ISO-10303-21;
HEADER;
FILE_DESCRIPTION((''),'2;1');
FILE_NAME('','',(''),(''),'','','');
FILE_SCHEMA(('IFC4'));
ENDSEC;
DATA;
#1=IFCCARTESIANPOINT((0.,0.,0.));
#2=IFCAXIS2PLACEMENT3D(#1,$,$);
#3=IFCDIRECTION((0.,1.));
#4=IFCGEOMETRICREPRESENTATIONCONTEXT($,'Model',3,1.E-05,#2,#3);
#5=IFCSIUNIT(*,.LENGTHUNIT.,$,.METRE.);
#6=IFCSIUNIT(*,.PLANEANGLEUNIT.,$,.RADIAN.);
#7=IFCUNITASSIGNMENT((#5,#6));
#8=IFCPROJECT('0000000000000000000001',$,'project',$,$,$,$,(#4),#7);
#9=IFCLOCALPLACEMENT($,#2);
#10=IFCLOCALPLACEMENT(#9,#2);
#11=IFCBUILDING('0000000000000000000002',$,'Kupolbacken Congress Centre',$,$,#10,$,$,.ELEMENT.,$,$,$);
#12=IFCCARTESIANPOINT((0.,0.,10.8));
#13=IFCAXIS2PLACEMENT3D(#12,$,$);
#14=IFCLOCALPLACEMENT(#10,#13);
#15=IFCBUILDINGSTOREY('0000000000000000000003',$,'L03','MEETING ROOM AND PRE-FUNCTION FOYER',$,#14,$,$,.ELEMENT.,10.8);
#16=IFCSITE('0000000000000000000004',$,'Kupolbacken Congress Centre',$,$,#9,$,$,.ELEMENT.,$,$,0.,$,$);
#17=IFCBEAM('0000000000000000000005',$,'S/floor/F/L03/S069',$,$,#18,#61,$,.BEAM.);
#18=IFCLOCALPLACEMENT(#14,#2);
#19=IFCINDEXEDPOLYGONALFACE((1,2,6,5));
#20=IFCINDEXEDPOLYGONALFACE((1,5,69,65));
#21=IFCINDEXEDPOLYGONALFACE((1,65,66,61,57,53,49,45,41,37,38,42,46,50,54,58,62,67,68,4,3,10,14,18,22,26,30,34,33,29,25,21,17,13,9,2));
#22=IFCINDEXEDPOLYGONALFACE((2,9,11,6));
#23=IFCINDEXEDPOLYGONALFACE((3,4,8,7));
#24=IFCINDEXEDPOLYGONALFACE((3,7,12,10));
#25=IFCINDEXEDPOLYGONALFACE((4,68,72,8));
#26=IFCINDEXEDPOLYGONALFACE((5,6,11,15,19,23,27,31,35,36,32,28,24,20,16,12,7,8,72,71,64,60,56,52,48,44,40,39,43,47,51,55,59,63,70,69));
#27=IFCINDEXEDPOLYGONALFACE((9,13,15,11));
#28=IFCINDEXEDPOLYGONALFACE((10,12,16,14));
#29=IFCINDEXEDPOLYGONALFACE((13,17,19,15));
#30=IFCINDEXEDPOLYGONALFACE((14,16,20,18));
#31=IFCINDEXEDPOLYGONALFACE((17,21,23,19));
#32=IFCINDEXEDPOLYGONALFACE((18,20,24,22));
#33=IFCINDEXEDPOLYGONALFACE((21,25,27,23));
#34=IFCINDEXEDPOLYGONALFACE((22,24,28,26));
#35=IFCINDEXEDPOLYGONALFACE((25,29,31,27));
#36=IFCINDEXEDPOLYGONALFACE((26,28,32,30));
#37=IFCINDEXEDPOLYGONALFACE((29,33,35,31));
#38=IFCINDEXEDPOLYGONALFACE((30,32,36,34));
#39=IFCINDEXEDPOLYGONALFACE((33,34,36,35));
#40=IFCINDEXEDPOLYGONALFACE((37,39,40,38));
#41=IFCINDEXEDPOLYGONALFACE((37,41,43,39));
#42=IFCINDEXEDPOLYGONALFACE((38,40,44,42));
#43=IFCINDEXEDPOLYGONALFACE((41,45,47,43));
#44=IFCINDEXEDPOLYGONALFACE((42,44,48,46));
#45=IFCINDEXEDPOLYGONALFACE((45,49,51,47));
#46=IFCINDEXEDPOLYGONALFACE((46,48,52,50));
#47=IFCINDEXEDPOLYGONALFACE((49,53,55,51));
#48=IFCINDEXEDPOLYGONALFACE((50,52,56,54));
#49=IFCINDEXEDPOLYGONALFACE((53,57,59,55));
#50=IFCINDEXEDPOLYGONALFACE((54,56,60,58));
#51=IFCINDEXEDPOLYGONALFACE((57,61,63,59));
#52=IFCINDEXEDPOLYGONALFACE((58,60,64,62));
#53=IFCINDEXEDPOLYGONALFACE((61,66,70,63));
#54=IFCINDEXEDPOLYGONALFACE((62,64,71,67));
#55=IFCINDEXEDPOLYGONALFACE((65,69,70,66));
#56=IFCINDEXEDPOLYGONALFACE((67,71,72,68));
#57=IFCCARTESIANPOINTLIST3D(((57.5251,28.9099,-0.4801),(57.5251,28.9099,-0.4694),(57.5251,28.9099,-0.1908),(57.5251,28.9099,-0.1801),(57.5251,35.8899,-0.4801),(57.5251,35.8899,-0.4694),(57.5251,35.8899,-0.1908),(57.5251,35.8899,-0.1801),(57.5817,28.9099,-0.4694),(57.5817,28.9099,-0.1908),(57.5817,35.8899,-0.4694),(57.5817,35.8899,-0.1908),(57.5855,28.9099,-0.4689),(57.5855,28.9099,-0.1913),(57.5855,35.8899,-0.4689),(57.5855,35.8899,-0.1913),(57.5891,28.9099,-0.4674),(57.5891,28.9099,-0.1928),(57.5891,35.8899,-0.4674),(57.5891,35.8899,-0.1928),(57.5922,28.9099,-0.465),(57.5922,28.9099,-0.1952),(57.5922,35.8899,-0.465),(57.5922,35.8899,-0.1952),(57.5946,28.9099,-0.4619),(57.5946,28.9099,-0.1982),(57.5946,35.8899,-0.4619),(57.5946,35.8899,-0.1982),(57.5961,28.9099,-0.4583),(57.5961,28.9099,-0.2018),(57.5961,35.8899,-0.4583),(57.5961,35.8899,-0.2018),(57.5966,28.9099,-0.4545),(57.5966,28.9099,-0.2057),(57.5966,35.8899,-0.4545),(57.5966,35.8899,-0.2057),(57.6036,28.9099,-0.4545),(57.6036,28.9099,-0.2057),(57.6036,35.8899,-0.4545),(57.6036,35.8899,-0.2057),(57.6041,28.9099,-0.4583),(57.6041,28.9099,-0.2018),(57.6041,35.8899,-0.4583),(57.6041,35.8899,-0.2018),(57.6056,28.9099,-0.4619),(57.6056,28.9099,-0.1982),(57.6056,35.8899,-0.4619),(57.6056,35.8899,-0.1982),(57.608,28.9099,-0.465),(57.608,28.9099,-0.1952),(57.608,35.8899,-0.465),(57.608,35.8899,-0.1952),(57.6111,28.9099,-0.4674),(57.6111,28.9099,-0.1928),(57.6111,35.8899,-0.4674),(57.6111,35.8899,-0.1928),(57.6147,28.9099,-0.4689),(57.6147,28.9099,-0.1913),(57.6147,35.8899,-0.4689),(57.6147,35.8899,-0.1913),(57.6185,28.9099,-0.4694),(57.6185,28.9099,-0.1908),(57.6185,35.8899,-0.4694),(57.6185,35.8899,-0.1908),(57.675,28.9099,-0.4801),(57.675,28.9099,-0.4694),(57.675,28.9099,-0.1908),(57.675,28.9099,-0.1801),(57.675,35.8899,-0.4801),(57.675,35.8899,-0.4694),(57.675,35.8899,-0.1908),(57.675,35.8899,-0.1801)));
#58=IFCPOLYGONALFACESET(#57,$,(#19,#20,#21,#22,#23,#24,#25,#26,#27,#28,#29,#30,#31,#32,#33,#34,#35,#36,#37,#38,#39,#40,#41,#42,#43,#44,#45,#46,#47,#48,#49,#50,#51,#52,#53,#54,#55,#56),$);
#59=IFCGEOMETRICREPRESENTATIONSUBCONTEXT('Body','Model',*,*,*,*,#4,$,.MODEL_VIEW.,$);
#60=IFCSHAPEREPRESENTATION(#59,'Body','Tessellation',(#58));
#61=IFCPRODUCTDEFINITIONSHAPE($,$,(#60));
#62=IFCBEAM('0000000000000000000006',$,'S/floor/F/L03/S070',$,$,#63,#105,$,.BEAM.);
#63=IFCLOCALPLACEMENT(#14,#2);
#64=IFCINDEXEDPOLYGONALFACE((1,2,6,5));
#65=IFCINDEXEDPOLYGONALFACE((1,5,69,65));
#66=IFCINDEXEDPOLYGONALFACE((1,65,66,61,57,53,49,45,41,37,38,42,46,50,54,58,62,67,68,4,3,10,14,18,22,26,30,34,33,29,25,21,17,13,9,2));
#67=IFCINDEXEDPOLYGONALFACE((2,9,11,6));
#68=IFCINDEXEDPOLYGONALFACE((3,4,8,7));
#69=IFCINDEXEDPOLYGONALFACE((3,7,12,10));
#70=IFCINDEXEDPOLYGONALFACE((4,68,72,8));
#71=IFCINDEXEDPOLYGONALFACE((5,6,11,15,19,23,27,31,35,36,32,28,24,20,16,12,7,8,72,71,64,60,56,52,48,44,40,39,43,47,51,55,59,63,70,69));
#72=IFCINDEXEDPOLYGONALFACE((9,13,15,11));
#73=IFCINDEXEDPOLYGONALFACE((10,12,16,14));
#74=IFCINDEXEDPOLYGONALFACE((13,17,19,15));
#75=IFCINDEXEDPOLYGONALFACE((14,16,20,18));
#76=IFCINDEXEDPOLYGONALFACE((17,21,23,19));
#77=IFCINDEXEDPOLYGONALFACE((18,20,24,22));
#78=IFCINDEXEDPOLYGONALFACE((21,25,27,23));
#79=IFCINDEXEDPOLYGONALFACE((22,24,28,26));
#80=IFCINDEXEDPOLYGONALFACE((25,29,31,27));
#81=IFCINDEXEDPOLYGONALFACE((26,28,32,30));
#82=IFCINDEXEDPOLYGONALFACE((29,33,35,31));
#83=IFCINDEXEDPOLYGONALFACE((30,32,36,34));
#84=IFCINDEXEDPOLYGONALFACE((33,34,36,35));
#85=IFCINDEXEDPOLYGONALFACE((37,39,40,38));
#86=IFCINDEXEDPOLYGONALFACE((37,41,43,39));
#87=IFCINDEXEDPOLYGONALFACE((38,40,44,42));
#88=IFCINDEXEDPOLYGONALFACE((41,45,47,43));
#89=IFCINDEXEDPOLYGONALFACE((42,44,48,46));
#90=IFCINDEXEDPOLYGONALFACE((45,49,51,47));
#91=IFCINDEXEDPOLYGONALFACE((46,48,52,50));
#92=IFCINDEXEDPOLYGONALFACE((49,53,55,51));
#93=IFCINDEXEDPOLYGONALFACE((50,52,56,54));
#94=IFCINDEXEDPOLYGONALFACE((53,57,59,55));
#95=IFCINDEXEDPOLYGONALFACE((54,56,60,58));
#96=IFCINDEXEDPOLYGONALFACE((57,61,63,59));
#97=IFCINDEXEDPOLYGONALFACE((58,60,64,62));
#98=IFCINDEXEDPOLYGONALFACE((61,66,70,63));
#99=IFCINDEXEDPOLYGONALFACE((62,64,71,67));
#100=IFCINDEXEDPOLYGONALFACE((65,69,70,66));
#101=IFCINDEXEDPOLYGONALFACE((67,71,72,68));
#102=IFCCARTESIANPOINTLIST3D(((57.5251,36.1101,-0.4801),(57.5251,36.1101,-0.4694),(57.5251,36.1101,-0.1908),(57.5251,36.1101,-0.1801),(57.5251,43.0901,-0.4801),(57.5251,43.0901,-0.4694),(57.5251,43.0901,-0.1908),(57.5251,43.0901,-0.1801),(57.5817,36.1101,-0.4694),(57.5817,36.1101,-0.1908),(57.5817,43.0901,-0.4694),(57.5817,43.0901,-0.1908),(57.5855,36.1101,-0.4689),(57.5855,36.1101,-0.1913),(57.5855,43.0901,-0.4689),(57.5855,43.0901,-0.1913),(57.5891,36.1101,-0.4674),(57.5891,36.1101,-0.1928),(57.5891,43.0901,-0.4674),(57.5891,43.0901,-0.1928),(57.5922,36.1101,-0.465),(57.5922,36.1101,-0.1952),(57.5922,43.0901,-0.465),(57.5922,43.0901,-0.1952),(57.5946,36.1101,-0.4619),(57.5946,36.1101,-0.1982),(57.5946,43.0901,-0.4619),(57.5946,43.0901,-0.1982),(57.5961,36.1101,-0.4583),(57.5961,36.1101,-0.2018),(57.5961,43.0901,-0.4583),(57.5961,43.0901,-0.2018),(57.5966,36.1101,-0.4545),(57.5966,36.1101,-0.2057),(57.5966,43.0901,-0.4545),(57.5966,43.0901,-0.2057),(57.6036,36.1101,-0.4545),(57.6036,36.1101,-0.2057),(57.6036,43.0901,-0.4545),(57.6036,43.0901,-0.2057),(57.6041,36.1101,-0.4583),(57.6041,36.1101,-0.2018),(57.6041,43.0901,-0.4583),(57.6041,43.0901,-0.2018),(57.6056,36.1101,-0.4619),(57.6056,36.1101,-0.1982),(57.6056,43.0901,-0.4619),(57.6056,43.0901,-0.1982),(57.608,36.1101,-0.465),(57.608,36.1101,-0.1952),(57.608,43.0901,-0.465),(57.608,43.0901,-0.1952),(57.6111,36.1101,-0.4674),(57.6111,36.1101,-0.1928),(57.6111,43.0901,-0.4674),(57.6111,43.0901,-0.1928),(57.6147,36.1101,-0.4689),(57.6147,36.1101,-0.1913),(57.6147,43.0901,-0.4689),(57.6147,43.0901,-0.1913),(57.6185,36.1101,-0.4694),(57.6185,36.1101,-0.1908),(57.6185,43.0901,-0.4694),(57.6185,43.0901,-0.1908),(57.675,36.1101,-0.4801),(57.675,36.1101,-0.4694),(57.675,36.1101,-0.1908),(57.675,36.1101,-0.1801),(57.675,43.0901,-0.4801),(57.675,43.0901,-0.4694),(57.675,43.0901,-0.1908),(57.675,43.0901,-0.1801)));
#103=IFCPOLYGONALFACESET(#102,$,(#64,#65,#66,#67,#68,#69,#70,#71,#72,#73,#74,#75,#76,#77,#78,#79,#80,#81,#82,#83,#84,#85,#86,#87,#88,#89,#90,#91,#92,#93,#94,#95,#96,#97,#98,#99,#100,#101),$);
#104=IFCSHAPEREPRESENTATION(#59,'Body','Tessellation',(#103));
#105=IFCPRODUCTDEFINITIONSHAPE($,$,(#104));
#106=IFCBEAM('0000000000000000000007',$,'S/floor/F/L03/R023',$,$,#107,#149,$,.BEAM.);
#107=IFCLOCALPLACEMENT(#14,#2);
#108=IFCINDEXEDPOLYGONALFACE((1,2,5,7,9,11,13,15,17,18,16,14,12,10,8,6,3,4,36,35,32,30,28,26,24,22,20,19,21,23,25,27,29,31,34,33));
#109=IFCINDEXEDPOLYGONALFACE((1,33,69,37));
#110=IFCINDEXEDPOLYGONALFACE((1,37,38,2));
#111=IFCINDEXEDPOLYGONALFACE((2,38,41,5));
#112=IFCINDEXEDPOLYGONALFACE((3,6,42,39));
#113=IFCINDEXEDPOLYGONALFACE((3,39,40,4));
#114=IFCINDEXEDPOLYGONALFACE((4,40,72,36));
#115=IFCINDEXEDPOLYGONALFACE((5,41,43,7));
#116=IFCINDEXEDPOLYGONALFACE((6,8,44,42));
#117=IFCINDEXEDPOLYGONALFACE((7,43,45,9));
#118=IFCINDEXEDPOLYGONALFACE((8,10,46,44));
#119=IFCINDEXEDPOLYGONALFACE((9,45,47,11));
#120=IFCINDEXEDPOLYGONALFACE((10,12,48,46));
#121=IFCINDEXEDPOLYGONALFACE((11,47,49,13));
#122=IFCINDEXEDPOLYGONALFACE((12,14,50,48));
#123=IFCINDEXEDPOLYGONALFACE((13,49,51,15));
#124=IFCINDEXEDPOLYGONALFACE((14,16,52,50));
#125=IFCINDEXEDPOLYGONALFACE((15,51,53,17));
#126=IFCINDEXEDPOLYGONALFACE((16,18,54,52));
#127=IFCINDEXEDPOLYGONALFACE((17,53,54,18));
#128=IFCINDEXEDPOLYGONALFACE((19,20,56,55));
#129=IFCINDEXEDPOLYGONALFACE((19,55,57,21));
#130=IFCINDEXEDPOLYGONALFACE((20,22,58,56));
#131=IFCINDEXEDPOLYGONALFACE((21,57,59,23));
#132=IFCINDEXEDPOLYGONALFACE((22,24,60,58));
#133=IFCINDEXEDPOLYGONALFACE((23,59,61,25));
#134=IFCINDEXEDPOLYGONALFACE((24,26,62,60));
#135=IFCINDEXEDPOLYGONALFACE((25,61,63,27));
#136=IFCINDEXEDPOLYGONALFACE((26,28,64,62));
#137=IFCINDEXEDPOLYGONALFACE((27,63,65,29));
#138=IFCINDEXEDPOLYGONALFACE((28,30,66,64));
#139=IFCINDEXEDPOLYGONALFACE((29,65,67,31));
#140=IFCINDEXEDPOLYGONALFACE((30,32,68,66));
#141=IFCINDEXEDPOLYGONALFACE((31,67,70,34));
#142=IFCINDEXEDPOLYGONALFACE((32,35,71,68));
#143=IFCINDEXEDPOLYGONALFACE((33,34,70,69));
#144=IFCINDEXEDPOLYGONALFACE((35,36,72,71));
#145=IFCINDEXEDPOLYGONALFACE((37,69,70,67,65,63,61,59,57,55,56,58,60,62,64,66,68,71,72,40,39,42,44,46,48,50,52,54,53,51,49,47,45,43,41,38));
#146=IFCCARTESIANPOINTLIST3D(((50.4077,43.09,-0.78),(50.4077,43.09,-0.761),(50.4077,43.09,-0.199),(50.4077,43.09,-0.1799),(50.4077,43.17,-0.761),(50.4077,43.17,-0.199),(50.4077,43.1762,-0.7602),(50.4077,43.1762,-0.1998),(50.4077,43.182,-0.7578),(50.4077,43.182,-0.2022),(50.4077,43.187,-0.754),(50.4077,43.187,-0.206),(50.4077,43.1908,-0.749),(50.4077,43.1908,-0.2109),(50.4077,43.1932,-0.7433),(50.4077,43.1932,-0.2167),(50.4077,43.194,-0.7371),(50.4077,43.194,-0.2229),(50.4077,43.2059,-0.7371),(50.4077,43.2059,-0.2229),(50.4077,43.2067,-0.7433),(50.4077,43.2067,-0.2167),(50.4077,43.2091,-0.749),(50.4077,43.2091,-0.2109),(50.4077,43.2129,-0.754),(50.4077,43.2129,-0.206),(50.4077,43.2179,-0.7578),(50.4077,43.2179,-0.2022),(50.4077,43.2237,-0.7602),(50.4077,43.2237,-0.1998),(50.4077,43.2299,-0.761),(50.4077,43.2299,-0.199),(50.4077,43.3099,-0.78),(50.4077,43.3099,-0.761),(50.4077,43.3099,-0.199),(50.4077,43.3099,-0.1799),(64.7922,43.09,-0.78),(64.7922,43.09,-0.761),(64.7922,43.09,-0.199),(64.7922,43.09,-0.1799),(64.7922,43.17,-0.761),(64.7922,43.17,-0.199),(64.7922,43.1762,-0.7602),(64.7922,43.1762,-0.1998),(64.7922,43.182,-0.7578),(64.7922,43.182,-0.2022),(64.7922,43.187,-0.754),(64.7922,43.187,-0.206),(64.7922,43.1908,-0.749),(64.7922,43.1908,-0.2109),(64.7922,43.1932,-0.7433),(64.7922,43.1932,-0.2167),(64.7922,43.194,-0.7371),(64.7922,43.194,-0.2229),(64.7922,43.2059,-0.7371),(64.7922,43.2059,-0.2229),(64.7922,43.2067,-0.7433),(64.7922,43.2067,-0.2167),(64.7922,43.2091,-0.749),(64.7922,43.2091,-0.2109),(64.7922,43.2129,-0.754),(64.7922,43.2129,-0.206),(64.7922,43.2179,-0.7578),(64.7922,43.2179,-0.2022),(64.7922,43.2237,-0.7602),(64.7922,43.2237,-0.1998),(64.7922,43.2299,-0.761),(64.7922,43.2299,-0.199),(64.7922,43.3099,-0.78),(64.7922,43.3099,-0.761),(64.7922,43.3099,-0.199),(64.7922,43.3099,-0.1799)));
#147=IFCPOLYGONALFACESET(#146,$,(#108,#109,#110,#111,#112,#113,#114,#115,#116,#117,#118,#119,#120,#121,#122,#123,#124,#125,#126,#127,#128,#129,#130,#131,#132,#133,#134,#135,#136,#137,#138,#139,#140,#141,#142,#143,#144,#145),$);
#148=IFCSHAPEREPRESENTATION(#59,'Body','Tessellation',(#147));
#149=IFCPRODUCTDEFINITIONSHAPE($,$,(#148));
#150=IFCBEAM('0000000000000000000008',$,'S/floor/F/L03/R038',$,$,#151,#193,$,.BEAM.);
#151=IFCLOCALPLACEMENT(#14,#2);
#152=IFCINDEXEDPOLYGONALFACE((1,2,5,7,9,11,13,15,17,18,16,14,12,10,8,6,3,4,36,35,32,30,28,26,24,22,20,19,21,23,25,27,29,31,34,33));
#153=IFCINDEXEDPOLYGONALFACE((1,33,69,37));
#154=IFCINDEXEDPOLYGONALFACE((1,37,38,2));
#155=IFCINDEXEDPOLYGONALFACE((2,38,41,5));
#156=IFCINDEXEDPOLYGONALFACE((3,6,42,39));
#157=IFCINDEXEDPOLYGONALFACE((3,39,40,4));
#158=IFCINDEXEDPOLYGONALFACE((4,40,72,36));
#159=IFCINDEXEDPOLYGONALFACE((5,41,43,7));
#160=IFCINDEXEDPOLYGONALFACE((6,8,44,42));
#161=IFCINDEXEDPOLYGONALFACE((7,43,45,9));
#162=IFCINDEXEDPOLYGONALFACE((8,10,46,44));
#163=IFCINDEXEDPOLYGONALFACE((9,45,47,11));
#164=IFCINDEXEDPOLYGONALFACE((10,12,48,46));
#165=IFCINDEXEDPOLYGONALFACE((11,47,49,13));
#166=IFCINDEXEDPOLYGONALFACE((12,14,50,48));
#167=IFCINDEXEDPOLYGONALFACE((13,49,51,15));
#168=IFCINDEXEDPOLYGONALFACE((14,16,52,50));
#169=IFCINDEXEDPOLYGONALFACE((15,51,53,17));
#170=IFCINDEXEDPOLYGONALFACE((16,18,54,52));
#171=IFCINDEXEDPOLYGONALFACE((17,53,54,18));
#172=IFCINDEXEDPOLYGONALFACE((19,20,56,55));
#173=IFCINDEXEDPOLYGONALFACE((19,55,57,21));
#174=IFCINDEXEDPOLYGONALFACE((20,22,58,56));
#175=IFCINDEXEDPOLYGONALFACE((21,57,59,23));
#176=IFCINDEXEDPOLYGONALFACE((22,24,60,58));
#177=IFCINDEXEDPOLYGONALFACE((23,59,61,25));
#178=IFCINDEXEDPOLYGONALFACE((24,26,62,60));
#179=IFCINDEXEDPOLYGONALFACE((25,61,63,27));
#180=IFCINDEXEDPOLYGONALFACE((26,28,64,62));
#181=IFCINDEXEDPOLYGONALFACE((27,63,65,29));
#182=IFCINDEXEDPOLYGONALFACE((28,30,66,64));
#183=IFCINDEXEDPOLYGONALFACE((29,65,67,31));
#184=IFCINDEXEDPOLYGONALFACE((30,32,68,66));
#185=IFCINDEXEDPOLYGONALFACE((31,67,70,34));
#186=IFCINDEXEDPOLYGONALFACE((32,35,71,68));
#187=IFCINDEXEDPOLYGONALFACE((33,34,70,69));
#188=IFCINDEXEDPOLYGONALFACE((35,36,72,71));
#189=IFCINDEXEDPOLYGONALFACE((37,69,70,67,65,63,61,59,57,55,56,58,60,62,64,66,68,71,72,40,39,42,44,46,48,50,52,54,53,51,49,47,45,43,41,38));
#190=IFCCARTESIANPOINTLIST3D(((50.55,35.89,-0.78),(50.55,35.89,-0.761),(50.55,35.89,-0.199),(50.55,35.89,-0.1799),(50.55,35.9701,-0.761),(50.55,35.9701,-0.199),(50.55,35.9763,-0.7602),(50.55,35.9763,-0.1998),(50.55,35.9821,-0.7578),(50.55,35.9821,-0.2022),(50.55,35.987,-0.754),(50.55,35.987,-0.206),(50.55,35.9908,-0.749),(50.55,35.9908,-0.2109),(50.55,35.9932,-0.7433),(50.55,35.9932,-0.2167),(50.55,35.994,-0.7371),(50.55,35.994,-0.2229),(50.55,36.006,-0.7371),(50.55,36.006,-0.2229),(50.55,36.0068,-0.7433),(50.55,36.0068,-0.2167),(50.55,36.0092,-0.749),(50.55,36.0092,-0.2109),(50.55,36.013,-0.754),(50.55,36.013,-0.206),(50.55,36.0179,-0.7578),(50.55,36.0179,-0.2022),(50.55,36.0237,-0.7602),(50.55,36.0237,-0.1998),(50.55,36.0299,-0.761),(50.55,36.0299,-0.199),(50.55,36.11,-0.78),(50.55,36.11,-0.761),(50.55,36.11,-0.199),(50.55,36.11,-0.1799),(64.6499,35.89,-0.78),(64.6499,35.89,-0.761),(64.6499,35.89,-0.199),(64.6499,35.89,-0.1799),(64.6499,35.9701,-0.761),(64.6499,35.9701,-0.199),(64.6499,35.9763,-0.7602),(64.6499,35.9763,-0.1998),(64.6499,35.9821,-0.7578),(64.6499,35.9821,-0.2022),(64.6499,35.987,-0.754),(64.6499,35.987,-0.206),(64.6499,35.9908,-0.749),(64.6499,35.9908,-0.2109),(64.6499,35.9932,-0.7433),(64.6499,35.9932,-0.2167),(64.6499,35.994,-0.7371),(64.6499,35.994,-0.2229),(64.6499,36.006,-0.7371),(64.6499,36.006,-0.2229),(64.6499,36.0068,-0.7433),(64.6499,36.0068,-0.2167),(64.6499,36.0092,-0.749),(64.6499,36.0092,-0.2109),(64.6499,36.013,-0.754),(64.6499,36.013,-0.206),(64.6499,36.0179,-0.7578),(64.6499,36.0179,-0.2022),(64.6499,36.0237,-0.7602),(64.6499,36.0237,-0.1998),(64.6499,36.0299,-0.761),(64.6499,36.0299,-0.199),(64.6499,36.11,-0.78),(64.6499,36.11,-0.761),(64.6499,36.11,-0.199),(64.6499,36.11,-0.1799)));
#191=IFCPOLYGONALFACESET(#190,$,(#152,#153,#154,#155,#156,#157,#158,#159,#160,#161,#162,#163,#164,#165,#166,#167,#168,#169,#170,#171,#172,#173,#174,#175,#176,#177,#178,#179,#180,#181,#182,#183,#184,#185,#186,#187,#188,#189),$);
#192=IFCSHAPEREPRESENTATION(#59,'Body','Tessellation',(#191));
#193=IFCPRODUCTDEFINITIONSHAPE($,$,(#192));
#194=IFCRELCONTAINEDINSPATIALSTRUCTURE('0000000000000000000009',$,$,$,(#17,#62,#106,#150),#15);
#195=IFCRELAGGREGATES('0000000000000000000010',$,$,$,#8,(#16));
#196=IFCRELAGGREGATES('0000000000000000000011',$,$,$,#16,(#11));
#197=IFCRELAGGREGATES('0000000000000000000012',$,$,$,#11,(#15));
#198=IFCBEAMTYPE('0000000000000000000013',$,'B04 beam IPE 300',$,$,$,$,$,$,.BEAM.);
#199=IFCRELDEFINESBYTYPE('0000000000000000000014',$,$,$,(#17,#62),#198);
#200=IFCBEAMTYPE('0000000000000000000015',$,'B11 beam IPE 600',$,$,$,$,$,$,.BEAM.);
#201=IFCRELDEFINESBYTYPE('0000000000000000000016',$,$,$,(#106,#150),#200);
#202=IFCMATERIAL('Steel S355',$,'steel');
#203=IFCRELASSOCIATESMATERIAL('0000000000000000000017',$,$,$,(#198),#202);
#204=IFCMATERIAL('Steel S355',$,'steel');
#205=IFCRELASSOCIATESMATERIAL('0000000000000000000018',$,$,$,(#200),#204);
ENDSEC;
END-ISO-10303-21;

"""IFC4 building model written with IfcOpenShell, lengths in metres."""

from ifc_helpers import new_model, si_unit, direction, frame, origin, origin_2d, place, context, subcontext, project, spatial, i_section, extrude, material, material_profile, profile_set, type_object, element, save


model = new_model("IFC4")

# Units and contexts
model_context = context("Model", 3, precision=1e-05, world=origin(), true_north=direction((0.0, 1.0)))
body_context = subcontext(model_context, "Body", "Model", "MODEL_VIEW")
ifc_project = project(units=[si_unit("LENGTHUNIT", "METRE"), si_unit("PLANEANGLEUNIT", "RADIAN")], contexts=[model_context])

# Site, building, storey
site_placement = place(None, origin())
site = spatial("IfcSite", under=ifc_project, at=site_placement, Name="Kupolbacken Congress Centre", CompositionType="ELEMENT", RefElevation=0.0)
building_placement = place(site_placement, origin())
building = spatial("IfcBuilding", under=site, at=building_placement, Name="Kupolbacken Congress Centre", CompositionType="ELEMENT")
storey_placement = place(building_placement, frame((0.0, 0.0, 10.8)))
storey = spatial("IfcBuildingStorey", under=building, at=storey_placement, Name="L03", Description="MEETING ROOM AND PRE-FUNCTION FOYER", CompositionType="ELEMENT", Elevation=10.8)

# Beams
ifc_material_1 = material(Name="Steel S355", Category="steel")
ifc_material_profile_1 = material_profile(ifc_material_1, i_section(OverallWidth=0.1499, OverallDepth=0.3, WebThickness=0.0071, FlangeThickness=0.0107, FilletRadius=0.0149, at=origin_2d()), Name="IPE 300")
ifc_profile_set_1 = profile_set([ifc_material_profile_1], Name="Steel S355")
beam_type_1 = type_object("IfcBeamType", Name="B04 beam IPE 300", PredefinedType="BEAM", material=ifc_profile_set_1)
for number, where, z_axis, x_axis, name in (
    (1, (57.6001, 28.9099, -0.3301), (0.0, 1.0, 0.0), (-1.0, 0.0, 0.0), "S/floor/F/L03/S069"),
    (2, (57.6001, 36.1101, -0.3301), (0.0, 1.0, 0.0), (-1.0, 0.0, 0.0), "S/floor/F/L03/S070"),
):
    element("IfcBeam", number, at=place(storey_placement, frame(where, z_axis=z_axis, x_axis=x_axis)), inside=storey, type_object=beam_type_1, Name=name, PredefinedType="BEAM", context=body_context, shape_type="SweptSolid", body=[
        extrude(i_section(OverallWidth=0.1499, OverallDepth=0.3, WebThickness=0.0071, FlangeThickness=0.0107, FilletRadius=0.0149, at=origin_2d()), origin(), (0.0, 0.0, 1.0), 6.98),
    ])
ifc_material_2 = material(Name="Steel S355", Category="steel")
ifc_material_profile_2 = material_profile(ifc_material_2, i_section(OverallWidth=0.22, OverallDepth=0.6001, WebThickness=0.012, FlangeThickness=0.019, FilletRadius=0.0239, at=origin_2d()), Name="IPE 600")
ifc_profile_set_2 = profile_set([ifc_material_profile_2], Name="Steel S355")
beam_type_2 = type_object("IfcBeamType", Name="B11 beam IPE 600", PredefinedType="BEAM", material=ifc_profile_set_2)
beam_1_placement = place(storey_placement, frame((50.4077, 43.2, -0.48), z_axis=(1.0, 0.0, 0.0), x_axis=(0.0, 1.0, 0.0)))
element("IfcBeam", 3, at=beam_1_placement, inside=storey, type_object=beam_type_2, Name="S/floor/F/L03/R023", PredefinedType="BEAM", context=body_context, shape_type="SweptSolid", body=[
    extrude(i_section(OverallWidth=0.22, OverallDepth=0.6001, WebThickness=0.012, FlangeThickness=0.019, FilletRadius=0.0239, at=origin_2d()), origin(), (0.0, 0.0, 1.0), 14.3845),
])
beam_2_placement = place(storey_placement, frame((50.55, 36.0, -0.48), z_axis=(1.0, 0.0, 0.0), x_axis=(0.0, 1.0, 0.0)))
element("IfcBeam", 4, at=beam_2_placement, inside=storey, type_object=beam_type_2, Name="S/floor/F/L03/R038", PredefinedType="BEAM", context=body_context, shape_type="SweptSolid", body=[
    extrude(i_section(OverallWidth=0.22, OverallDepth=0.6001, WebThickness=0.012, FlangeThickness=0.019, FilletRadius=0.0239, at=origin_2d()), origin(), (0.0, 0.0, 1.0), 14.0999),
])

save(model, "model.ifc")
